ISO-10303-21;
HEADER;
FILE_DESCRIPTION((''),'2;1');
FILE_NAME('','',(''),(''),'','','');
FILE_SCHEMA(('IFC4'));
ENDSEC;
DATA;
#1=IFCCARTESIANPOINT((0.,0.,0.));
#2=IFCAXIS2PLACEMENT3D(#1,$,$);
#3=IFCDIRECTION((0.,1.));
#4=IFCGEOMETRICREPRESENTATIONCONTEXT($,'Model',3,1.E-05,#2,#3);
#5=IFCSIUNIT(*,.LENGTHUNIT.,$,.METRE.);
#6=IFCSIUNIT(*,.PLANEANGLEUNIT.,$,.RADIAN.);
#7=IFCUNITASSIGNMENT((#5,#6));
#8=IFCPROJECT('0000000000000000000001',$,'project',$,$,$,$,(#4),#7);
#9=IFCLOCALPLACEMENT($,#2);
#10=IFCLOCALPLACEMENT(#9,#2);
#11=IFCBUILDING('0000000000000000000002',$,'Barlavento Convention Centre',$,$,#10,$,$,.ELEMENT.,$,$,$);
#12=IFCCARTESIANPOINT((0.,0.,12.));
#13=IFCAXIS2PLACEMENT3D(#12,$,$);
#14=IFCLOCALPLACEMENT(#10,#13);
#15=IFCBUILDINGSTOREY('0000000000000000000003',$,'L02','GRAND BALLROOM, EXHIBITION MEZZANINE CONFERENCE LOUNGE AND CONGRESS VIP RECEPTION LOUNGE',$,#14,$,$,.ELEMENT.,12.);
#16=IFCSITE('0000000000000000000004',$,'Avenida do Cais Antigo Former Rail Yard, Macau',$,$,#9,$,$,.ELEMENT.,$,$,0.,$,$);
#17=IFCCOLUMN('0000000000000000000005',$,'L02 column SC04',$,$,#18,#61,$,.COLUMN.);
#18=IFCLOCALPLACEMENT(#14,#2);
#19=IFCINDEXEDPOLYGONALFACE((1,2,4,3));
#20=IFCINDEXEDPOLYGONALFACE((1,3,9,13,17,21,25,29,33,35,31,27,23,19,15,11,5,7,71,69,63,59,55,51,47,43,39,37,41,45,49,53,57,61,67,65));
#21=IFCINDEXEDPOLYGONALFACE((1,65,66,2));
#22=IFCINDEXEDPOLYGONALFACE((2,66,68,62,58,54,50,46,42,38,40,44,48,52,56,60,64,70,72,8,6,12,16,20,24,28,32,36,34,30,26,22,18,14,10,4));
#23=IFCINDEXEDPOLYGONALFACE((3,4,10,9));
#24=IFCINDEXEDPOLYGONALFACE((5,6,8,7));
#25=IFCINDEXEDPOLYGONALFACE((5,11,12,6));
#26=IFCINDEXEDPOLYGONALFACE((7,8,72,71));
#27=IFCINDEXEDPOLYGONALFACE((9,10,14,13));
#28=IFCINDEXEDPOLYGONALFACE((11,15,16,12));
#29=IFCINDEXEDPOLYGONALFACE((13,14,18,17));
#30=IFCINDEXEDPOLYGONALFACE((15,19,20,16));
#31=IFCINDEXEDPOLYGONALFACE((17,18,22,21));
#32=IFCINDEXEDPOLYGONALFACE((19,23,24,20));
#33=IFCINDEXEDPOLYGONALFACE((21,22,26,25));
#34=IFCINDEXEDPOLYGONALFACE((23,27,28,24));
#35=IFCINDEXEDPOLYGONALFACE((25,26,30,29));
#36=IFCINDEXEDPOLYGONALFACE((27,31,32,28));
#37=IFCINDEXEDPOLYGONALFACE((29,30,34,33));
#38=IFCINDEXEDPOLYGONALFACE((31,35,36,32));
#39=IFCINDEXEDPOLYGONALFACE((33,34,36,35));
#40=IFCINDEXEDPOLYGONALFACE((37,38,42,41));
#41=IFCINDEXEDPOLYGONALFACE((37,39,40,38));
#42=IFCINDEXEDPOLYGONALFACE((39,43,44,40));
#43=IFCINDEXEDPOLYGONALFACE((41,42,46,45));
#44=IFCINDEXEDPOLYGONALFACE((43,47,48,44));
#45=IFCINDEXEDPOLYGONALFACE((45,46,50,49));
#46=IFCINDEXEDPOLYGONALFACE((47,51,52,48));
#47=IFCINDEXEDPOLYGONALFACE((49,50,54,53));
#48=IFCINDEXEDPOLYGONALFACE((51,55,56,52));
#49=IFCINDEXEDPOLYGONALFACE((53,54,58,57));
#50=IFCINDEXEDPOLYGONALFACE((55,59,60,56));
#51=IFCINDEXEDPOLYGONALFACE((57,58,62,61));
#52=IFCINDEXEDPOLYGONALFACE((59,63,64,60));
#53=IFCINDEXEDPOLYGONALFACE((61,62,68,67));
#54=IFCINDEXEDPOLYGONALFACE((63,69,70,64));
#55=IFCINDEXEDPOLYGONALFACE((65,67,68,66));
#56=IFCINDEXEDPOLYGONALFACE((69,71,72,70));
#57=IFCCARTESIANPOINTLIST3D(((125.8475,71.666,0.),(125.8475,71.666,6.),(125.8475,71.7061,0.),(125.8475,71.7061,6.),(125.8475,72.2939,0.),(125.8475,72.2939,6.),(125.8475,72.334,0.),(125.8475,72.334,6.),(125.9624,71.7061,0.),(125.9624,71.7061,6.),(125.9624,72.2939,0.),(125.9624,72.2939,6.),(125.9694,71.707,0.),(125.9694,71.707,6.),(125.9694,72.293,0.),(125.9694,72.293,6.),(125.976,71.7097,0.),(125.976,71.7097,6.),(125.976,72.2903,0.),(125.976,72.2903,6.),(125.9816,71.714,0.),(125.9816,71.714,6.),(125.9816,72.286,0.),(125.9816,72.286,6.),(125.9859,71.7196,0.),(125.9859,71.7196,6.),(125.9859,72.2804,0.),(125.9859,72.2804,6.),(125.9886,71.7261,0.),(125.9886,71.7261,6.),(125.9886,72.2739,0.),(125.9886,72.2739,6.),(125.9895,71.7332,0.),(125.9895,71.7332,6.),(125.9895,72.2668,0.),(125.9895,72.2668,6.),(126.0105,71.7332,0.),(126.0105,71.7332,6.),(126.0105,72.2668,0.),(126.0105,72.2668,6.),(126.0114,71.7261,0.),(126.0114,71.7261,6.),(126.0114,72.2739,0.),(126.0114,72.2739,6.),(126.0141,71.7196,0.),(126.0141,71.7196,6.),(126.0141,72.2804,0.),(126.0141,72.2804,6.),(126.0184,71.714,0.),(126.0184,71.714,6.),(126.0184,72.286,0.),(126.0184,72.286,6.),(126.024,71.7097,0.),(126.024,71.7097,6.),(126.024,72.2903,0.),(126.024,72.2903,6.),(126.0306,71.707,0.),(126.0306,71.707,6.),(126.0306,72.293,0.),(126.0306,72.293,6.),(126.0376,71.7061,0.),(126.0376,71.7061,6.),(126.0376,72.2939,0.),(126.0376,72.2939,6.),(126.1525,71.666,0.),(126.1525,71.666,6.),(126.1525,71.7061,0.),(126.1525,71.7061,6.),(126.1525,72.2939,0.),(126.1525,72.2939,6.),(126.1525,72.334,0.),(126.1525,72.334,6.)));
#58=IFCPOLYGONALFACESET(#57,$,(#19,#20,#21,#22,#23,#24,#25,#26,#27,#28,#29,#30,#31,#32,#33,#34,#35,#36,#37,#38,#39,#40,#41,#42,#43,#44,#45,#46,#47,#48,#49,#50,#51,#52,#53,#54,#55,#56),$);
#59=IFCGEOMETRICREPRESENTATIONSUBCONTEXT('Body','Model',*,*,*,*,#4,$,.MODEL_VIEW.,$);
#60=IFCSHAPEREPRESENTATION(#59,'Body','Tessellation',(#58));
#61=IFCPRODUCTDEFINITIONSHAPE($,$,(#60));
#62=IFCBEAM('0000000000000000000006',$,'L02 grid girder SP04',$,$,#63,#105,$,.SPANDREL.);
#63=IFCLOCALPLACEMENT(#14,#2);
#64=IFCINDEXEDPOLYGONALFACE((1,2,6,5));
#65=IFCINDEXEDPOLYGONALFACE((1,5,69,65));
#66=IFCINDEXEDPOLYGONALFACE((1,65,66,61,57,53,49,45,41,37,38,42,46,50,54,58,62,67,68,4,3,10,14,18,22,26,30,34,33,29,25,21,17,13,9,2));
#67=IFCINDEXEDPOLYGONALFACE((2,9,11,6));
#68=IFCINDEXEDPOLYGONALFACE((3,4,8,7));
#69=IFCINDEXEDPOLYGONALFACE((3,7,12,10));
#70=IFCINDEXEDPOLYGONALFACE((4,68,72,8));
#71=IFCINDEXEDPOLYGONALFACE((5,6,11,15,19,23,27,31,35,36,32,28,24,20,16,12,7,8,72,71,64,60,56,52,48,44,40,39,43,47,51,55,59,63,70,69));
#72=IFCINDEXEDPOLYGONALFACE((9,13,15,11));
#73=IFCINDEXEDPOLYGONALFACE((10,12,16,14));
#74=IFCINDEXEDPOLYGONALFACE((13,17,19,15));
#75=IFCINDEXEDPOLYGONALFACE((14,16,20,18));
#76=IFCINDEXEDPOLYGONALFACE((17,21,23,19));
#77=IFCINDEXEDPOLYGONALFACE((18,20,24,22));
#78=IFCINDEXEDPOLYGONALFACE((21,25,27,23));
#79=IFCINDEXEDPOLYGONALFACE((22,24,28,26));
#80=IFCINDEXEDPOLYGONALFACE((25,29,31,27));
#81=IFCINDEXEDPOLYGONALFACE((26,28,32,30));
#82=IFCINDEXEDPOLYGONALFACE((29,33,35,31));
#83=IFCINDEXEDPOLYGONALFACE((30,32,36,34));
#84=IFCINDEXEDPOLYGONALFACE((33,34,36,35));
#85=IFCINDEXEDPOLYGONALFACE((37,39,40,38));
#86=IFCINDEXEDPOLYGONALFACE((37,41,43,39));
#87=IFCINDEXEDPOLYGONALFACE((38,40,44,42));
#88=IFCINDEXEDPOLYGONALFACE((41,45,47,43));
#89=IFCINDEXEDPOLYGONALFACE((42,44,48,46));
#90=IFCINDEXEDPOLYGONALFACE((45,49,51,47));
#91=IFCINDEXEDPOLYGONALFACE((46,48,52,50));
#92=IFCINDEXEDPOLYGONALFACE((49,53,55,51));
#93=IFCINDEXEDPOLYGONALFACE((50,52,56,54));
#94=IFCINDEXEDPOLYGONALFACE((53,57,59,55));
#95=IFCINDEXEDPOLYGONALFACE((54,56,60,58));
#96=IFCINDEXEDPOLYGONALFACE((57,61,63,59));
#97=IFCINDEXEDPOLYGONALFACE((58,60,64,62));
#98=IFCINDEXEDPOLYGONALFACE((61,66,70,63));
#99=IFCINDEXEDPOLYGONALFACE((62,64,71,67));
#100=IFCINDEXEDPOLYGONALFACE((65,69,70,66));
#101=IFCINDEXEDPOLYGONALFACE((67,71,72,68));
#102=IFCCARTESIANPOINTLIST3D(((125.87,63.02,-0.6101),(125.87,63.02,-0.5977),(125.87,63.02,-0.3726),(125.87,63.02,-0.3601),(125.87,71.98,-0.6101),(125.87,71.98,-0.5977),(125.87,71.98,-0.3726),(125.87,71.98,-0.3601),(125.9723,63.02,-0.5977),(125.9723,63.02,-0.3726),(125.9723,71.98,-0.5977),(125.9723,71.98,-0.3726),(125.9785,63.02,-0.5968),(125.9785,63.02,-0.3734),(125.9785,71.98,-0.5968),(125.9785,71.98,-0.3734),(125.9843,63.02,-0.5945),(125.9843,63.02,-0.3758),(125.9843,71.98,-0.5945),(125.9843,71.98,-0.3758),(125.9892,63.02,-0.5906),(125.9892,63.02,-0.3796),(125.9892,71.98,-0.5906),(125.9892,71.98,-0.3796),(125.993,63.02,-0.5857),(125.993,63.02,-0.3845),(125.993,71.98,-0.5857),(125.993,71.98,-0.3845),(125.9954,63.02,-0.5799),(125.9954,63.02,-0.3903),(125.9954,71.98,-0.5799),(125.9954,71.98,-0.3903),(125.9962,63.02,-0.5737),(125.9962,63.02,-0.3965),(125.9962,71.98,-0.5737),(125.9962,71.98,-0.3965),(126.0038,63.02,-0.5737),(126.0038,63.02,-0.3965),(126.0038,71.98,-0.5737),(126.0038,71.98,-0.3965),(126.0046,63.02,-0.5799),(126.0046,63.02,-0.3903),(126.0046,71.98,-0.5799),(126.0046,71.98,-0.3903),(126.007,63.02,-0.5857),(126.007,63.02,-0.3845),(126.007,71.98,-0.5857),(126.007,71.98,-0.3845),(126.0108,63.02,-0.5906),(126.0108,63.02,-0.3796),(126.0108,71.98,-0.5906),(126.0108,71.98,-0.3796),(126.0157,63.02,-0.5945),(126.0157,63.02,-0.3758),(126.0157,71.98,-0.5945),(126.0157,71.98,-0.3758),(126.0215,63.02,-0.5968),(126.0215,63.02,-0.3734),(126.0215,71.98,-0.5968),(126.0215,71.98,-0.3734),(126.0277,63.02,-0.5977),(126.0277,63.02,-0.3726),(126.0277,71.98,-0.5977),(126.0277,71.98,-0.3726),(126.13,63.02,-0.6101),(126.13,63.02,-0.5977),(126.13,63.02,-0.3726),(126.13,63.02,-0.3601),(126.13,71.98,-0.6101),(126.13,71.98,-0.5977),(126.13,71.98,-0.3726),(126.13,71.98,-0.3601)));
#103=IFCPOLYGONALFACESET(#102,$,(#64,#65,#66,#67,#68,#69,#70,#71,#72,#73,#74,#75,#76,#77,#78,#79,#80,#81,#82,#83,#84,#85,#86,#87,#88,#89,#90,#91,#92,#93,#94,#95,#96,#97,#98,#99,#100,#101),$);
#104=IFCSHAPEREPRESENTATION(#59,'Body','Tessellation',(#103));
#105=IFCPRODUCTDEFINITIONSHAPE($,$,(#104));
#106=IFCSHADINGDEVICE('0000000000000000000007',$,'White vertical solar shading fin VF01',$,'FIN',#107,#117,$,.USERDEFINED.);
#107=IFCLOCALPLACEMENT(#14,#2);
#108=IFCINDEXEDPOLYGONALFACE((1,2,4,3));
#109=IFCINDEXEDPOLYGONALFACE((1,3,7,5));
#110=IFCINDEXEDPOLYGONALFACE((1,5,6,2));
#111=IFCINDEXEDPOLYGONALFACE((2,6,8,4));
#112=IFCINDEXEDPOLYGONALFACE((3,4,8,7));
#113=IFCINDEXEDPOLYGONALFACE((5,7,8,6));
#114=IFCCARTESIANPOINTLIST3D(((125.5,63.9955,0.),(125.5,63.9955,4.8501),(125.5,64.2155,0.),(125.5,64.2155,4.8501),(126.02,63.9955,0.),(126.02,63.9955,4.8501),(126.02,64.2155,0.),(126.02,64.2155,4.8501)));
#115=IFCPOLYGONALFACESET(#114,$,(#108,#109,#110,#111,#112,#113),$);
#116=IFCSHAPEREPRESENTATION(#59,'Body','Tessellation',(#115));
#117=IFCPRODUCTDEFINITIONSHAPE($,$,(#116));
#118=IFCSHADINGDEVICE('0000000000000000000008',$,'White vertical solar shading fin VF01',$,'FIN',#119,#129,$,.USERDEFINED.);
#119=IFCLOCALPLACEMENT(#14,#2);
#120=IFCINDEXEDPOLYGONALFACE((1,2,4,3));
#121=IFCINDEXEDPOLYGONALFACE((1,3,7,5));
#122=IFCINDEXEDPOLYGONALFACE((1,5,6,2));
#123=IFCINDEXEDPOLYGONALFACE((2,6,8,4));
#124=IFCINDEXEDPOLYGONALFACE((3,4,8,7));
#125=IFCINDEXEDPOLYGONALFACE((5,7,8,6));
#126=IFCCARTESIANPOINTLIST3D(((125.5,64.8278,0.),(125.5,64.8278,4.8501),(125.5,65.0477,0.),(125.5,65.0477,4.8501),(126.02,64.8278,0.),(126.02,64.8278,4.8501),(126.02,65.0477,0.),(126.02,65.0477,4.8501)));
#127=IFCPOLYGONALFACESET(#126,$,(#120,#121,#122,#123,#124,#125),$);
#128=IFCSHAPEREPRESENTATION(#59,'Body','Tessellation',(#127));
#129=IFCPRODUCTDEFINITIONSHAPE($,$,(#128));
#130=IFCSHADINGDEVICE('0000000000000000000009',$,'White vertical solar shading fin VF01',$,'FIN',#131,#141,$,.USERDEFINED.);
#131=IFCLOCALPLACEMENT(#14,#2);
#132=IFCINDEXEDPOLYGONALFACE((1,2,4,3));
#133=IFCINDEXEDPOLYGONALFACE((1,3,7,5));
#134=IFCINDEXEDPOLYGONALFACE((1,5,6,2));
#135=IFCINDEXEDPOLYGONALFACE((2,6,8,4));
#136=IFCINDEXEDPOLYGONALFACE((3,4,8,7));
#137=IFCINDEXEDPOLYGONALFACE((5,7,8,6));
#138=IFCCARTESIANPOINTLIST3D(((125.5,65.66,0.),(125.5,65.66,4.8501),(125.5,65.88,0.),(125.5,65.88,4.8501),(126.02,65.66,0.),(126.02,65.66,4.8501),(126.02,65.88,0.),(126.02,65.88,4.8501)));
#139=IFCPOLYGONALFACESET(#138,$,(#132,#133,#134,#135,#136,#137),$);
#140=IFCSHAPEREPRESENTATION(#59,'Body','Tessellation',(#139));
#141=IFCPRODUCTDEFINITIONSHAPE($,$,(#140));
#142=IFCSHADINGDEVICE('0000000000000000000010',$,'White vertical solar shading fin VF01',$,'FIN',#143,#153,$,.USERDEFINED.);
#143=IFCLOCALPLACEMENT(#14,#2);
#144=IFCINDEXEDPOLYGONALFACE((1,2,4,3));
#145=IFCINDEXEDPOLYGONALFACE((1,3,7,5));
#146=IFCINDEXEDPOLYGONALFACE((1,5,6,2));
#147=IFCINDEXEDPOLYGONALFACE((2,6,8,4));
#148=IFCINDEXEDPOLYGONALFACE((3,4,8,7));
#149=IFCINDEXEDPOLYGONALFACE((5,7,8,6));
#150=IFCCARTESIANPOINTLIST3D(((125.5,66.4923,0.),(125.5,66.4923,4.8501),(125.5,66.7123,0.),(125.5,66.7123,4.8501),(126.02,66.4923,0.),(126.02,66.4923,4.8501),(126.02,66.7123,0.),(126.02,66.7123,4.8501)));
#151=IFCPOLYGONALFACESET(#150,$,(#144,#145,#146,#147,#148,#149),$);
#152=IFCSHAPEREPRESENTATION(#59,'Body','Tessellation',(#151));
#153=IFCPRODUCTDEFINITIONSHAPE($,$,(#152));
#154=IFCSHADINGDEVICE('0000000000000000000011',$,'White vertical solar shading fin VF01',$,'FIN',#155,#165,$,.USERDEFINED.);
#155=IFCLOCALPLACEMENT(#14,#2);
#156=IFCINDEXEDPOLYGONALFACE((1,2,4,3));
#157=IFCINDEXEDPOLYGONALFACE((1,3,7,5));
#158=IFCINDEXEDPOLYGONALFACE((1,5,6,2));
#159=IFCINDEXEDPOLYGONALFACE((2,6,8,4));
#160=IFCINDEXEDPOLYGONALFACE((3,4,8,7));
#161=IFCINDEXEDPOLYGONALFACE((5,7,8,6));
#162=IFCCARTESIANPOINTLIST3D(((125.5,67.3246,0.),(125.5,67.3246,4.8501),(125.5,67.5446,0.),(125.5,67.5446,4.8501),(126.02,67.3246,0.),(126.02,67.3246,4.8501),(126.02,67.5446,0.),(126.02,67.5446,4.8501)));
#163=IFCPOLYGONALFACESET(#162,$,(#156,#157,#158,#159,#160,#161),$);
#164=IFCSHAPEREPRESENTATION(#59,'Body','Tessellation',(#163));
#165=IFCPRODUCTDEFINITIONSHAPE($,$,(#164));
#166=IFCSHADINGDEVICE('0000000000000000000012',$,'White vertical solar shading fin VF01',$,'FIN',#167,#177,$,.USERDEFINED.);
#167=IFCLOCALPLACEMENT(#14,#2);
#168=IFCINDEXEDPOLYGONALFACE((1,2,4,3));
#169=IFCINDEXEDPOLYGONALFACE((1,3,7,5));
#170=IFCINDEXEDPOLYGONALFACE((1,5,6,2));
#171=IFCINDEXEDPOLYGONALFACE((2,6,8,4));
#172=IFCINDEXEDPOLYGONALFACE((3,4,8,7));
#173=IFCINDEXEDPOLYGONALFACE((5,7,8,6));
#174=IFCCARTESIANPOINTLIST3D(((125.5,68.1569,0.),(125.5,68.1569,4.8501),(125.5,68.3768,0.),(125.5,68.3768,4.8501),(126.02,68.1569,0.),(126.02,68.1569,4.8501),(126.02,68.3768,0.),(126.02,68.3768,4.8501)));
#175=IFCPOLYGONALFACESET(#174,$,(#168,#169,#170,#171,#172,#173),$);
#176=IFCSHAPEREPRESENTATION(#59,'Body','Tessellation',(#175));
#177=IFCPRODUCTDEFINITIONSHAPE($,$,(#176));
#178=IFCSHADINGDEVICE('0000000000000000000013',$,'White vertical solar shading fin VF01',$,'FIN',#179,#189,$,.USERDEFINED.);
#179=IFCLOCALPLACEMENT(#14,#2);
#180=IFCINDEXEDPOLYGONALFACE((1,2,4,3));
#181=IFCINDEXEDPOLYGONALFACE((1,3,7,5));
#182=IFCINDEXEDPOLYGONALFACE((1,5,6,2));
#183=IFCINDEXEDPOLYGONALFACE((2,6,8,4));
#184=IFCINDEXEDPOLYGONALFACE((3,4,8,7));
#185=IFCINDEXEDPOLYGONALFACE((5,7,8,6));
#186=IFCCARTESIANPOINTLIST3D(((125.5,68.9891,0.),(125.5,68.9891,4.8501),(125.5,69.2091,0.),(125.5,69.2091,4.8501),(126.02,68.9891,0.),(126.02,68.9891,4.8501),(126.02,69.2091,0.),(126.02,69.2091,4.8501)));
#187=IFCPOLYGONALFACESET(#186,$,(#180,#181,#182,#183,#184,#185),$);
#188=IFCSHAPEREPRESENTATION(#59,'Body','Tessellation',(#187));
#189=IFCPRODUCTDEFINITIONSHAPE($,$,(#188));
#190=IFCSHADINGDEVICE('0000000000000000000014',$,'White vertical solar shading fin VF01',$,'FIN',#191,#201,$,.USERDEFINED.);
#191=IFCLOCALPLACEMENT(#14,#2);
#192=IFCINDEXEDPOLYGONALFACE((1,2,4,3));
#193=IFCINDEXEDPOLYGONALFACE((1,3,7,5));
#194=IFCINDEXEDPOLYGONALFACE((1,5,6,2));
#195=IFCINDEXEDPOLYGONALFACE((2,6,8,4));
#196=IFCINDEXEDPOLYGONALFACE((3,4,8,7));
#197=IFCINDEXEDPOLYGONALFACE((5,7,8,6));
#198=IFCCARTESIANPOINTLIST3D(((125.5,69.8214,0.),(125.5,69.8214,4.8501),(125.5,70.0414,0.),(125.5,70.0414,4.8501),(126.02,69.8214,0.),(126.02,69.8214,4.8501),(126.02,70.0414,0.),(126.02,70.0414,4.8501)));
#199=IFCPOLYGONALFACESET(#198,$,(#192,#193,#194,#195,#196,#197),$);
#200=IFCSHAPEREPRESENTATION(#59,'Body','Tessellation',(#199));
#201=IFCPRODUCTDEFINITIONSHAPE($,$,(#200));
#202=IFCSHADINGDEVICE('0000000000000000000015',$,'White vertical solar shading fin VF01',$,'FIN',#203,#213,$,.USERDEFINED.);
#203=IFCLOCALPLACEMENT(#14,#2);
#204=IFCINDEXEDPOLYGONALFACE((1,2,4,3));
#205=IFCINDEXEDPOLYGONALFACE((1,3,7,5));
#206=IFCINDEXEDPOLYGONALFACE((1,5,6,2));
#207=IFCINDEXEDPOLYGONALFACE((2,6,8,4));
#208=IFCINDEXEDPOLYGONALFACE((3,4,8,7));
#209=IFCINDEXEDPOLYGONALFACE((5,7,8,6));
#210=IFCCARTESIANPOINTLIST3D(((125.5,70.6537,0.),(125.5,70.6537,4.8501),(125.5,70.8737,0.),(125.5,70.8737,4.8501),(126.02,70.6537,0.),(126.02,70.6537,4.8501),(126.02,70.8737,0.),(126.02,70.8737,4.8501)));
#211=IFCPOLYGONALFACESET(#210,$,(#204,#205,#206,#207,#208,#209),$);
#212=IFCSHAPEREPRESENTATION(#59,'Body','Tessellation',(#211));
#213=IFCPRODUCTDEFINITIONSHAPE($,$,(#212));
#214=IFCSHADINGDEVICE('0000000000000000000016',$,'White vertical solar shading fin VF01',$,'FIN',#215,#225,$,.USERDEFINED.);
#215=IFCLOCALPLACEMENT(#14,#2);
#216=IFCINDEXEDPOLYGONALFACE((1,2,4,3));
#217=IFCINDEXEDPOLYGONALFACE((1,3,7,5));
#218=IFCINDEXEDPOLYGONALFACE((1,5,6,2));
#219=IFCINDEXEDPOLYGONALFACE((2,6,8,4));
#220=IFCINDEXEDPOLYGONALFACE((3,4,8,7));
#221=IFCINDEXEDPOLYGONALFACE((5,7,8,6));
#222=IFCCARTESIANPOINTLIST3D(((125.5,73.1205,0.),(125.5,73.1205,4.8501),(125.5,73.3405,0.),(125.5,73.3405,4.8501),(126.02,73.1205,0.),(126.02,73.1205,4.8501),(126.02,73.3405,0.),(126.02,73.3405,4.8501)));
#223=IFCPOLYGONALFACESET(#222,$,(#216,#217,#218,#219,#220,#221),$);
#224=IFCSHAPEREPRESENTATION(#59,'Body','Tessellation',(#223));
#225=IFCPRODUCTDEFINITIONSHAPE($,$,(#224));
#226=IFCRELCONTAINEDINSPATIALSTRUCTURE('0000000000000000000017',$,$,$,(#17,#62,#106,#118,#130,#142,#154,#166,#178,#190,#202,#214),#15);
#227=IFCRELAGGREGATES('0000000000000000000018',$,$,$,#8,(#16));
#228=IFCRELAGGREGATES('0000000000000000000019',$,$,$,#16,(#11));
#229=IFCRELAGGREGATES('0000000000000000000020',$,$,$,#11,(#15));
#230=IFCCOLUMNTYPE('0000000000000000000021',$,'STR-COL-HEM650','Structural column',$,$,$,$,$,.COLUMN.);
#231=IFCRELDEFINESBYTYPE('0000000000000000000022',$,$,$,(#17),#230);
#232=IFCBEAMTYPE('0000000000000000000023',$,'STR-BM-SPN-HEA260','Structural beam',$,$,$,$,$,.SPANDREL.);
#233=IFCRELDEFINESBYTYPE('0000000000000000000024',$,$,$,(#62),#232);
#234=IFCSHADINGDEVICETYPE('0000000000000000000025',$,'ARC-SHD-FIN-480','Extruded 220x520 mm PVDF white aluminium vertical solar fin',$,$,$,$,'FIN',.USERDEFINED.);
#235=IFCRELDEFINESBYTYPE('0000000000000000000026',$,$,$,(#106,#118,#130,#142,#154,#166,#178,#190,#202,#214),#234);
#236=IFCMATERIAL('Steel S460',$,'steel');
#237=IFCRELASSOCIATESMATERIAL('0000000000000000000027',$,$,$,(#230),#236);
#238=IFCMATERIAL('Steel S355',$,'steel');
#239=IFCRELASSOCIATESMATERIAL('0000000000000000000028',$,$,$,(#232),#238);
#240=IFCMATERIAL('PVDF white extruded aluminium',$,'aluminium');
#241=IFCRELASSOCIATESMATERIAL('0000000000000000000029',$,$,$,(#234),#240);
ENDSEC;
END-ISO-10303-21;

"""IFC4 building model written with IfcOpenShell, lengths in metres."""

from ifc_helpers import new_model, si_unit, direction, frame, origin, origin_2d, place, context, subcontext, project, spatial, rectangle, i_section, extrude, material, material_profile, profile_set, type_object, element, save


model = new_model("IFC4")

# Units and contexts
model_context = context("Model", 3, precision=1e-05, world=origin(), true_north=direction((0.0, 1.0)))
body_context = subcontext(model_context, "Body", "Model", "MODEL_VIEW")
ifc_project = project(units=[si_unit("LENGTHUNIT", "METRE"), si_unit("PLANEANGLEUNIT", "RADIAN")], contexts=[model_context])

# Site, building, storey
site_placement = place(None, origin())
site = spatial("IfcSite", under=ifc_project, at=site_placement, Name="Avenida do Cais Antigo Former Rail Yard, Macau", CompositionType="ELEMENT", RefElevation=0.0)
building_placement = place(site_placement, origin())
building = spatial("IfcBuilding", under=site, at=building_placement, Name="Barlavento Convention Centre", CompositionType="ELEMENT")
storey_placement = place(building_placement, frame((0.0, 0.0, 12.0)))
storey = spatial("IfcBuildingStorey", under=building, at=storey_placement, Name="L02", Description="GRAND BALLROOM, EXHIBITION MEZZANINE CONFERENCE LOUNGE AND CONGRESS VIP RECEPTION LOUNGE", CompositionType="ELEMENT", Elevation=12.0)

# Column
ifc_material_1 = material(Name="Steel S460", Category="steel")
ifc_material_profile_1 = material_profile(ifc_material_1, i_section(OverallWidth=0.3049, OverallDepth=0.668, WebThickness=0.021, FlangeThickness=0.04, FilletRadius=0.0271, at=origin_2d()), Name="HEM 650")
ifc_profile_set_1 = profile_set([ifc_material_profile_1], Name="Steel S460")
column_type = type_object("IfcColumnType", Name="STR-COL-HEM650", Description="Structural column", PredefinedType="COLUMN", material=ifc_profile_set_1)
column_placement = place(storey_placement, frame((126.0, 72.0, 0.0), z_axis=(0.0, 0.0, 1.0), x_axis=(1.0, 0.0, 0.0)))
element("IfcColumn", 1, at=column_placement, inside=storey, type_object=column_type, Name="L02 column SC04", PredefinedType="COLUMN", context=body_context, shape_type="SweptSolid", body=[
    extrude(i_section(OverallWidth=0.3049, OverallDepth=0.668, WebThickness=0.021, FlangeThickness=0.04, FilletRadius=0.0271, at=origin_2d()), origin(), (0.0, 0.0, 1.0), 6.0),
])

# Beam
ifc_material_2 = material(Name="Steel S355", Category="steel")
ifc_material_profile_2 = material_profile(ifc_material_2, i_section(OverallWidth=0.26, OverallDepth=0.25, WebThickness=0.0076, FlangeThickness=0.0125, FilletRadius=0.0239, at=origin_2d()), Name="HEA 260")
ifc_profile_set_2 = profile_set([ifc_material_profile_2], Name="Steel S355")
beam_type = type_object("IfcBeamType", Name="STR-BM-SPN-HEA260", Description="Structural beam", PredefinedType="SPANDREL", material=ifc_profile_set_2)
beam_placement = place(storey_placement, frame((126.0, 63.02, -0.4851), z_axis=(0.0, 1.0, 0.0), x_axis=(-1.0, 0.0, 0.0)))
element("IfcBeam", 2, at=beam_placement, inside=storey, type_object=beam_type, Name="L02 grid girder SP04", PredefinedType="SPANDREL", context=body_context, shape_type="SweptSolid", body=[
    extrude(i_section(OverallWidth=0.26, OverallDepth=0.25, WebThickness=0.0076, FlangeThickness=0.0125, FilletRadius=0.0239, at=origin_2d()), origin(), (0.0, 0.0, 1.0), 8.96),
])

# Shading devices
ifc_material_3 = material(Name="PVDF white extruded aluminium", Category="aluminium")
shading_device_type = type_object("IfcShadingDeviceType", Name="ARC-SHD-FIN-480", Description="Extruded 220x520 mm PVDF white aluminium vertical solar fin", ElementType="FIN", PredefinedType="USERDEFINED", material=ifc_material_3)
for number, where, z_axis, x_axis, name in (
    (3, (125.76, 64.1055, 0.0), (0.0, 0.0, 1.0), (0.0, 1.0, 0.0), "White vertical solar shading fin VF01"),
    (4, (125.76, 64.9377, 0.0), (0.0, 0.0, 1.0), (0.0, 1.0, 0.0), "White vertical solar shading fin VF01"),
    (5, (125.76, 65.77, 0.0), (0.0, 0.0, 1.0), (0.0, 1.0, 0.0), "White vertical solar shading fin VF01"),
    (6, (125.76, 66.6023, 0.0), (0.0, 0.0, 1.0), (0.0, 1.0, 0.0), "White vertical solar shading fin VF01"),
    (7, (125.76, 67.4346, 0.0), (0.0, 0.0, 1.0), (0.0, 1.0, 0.0), "White vertical solar shading fin VF01"),
    (8, (125.76, 68.2668, 0.0), (0.0, 0.0, 1.0), (0.0, 1.0, 0.0), "White vertical solar shading fin VF01"),
    (9, (125.76, 69.0991, 0.0), (0.0, 0.0, 1.0), (0.0, 1.0, 0.0), "White vertical solar shading fin VF01"),
    (10, (125.76, 69.9314, 0.0), (0.0, 0.0, 1.0), (0.0, 1.0, 0.0), "White vertical solar shading fin VF01"),
    (11, (125.76, 70.7637, 0.0), (0.0, 0.0, 1.0), (0.0, 1.0, 0.0), "White vertical solar shading fin VF01"),
    (12, (125.76, 73.2305, 0.0), (0.0, 0.0, 1.0), (0.0, 1.0, 0.0), "White vertical solar shading fin VF01"),
):
    element("IfcShadingDevice", number, at=place(storey_placement, frame(where, z_axis=z_axis, x_axis=x_axis)), inside=storey, type_object=shading_device_type, Name=name, ObjectType="FIN", PredefinedType="USERDEFINED", context=body_context, shape_type="SweptSolid", body=[
        extrude(rectangle(XDim=0.22, YDim=0.52, at=origin_2d()), origin(), (0.0, 0.0, 1.0), 4.8501),
    ])

save(model, "model.ifc")
